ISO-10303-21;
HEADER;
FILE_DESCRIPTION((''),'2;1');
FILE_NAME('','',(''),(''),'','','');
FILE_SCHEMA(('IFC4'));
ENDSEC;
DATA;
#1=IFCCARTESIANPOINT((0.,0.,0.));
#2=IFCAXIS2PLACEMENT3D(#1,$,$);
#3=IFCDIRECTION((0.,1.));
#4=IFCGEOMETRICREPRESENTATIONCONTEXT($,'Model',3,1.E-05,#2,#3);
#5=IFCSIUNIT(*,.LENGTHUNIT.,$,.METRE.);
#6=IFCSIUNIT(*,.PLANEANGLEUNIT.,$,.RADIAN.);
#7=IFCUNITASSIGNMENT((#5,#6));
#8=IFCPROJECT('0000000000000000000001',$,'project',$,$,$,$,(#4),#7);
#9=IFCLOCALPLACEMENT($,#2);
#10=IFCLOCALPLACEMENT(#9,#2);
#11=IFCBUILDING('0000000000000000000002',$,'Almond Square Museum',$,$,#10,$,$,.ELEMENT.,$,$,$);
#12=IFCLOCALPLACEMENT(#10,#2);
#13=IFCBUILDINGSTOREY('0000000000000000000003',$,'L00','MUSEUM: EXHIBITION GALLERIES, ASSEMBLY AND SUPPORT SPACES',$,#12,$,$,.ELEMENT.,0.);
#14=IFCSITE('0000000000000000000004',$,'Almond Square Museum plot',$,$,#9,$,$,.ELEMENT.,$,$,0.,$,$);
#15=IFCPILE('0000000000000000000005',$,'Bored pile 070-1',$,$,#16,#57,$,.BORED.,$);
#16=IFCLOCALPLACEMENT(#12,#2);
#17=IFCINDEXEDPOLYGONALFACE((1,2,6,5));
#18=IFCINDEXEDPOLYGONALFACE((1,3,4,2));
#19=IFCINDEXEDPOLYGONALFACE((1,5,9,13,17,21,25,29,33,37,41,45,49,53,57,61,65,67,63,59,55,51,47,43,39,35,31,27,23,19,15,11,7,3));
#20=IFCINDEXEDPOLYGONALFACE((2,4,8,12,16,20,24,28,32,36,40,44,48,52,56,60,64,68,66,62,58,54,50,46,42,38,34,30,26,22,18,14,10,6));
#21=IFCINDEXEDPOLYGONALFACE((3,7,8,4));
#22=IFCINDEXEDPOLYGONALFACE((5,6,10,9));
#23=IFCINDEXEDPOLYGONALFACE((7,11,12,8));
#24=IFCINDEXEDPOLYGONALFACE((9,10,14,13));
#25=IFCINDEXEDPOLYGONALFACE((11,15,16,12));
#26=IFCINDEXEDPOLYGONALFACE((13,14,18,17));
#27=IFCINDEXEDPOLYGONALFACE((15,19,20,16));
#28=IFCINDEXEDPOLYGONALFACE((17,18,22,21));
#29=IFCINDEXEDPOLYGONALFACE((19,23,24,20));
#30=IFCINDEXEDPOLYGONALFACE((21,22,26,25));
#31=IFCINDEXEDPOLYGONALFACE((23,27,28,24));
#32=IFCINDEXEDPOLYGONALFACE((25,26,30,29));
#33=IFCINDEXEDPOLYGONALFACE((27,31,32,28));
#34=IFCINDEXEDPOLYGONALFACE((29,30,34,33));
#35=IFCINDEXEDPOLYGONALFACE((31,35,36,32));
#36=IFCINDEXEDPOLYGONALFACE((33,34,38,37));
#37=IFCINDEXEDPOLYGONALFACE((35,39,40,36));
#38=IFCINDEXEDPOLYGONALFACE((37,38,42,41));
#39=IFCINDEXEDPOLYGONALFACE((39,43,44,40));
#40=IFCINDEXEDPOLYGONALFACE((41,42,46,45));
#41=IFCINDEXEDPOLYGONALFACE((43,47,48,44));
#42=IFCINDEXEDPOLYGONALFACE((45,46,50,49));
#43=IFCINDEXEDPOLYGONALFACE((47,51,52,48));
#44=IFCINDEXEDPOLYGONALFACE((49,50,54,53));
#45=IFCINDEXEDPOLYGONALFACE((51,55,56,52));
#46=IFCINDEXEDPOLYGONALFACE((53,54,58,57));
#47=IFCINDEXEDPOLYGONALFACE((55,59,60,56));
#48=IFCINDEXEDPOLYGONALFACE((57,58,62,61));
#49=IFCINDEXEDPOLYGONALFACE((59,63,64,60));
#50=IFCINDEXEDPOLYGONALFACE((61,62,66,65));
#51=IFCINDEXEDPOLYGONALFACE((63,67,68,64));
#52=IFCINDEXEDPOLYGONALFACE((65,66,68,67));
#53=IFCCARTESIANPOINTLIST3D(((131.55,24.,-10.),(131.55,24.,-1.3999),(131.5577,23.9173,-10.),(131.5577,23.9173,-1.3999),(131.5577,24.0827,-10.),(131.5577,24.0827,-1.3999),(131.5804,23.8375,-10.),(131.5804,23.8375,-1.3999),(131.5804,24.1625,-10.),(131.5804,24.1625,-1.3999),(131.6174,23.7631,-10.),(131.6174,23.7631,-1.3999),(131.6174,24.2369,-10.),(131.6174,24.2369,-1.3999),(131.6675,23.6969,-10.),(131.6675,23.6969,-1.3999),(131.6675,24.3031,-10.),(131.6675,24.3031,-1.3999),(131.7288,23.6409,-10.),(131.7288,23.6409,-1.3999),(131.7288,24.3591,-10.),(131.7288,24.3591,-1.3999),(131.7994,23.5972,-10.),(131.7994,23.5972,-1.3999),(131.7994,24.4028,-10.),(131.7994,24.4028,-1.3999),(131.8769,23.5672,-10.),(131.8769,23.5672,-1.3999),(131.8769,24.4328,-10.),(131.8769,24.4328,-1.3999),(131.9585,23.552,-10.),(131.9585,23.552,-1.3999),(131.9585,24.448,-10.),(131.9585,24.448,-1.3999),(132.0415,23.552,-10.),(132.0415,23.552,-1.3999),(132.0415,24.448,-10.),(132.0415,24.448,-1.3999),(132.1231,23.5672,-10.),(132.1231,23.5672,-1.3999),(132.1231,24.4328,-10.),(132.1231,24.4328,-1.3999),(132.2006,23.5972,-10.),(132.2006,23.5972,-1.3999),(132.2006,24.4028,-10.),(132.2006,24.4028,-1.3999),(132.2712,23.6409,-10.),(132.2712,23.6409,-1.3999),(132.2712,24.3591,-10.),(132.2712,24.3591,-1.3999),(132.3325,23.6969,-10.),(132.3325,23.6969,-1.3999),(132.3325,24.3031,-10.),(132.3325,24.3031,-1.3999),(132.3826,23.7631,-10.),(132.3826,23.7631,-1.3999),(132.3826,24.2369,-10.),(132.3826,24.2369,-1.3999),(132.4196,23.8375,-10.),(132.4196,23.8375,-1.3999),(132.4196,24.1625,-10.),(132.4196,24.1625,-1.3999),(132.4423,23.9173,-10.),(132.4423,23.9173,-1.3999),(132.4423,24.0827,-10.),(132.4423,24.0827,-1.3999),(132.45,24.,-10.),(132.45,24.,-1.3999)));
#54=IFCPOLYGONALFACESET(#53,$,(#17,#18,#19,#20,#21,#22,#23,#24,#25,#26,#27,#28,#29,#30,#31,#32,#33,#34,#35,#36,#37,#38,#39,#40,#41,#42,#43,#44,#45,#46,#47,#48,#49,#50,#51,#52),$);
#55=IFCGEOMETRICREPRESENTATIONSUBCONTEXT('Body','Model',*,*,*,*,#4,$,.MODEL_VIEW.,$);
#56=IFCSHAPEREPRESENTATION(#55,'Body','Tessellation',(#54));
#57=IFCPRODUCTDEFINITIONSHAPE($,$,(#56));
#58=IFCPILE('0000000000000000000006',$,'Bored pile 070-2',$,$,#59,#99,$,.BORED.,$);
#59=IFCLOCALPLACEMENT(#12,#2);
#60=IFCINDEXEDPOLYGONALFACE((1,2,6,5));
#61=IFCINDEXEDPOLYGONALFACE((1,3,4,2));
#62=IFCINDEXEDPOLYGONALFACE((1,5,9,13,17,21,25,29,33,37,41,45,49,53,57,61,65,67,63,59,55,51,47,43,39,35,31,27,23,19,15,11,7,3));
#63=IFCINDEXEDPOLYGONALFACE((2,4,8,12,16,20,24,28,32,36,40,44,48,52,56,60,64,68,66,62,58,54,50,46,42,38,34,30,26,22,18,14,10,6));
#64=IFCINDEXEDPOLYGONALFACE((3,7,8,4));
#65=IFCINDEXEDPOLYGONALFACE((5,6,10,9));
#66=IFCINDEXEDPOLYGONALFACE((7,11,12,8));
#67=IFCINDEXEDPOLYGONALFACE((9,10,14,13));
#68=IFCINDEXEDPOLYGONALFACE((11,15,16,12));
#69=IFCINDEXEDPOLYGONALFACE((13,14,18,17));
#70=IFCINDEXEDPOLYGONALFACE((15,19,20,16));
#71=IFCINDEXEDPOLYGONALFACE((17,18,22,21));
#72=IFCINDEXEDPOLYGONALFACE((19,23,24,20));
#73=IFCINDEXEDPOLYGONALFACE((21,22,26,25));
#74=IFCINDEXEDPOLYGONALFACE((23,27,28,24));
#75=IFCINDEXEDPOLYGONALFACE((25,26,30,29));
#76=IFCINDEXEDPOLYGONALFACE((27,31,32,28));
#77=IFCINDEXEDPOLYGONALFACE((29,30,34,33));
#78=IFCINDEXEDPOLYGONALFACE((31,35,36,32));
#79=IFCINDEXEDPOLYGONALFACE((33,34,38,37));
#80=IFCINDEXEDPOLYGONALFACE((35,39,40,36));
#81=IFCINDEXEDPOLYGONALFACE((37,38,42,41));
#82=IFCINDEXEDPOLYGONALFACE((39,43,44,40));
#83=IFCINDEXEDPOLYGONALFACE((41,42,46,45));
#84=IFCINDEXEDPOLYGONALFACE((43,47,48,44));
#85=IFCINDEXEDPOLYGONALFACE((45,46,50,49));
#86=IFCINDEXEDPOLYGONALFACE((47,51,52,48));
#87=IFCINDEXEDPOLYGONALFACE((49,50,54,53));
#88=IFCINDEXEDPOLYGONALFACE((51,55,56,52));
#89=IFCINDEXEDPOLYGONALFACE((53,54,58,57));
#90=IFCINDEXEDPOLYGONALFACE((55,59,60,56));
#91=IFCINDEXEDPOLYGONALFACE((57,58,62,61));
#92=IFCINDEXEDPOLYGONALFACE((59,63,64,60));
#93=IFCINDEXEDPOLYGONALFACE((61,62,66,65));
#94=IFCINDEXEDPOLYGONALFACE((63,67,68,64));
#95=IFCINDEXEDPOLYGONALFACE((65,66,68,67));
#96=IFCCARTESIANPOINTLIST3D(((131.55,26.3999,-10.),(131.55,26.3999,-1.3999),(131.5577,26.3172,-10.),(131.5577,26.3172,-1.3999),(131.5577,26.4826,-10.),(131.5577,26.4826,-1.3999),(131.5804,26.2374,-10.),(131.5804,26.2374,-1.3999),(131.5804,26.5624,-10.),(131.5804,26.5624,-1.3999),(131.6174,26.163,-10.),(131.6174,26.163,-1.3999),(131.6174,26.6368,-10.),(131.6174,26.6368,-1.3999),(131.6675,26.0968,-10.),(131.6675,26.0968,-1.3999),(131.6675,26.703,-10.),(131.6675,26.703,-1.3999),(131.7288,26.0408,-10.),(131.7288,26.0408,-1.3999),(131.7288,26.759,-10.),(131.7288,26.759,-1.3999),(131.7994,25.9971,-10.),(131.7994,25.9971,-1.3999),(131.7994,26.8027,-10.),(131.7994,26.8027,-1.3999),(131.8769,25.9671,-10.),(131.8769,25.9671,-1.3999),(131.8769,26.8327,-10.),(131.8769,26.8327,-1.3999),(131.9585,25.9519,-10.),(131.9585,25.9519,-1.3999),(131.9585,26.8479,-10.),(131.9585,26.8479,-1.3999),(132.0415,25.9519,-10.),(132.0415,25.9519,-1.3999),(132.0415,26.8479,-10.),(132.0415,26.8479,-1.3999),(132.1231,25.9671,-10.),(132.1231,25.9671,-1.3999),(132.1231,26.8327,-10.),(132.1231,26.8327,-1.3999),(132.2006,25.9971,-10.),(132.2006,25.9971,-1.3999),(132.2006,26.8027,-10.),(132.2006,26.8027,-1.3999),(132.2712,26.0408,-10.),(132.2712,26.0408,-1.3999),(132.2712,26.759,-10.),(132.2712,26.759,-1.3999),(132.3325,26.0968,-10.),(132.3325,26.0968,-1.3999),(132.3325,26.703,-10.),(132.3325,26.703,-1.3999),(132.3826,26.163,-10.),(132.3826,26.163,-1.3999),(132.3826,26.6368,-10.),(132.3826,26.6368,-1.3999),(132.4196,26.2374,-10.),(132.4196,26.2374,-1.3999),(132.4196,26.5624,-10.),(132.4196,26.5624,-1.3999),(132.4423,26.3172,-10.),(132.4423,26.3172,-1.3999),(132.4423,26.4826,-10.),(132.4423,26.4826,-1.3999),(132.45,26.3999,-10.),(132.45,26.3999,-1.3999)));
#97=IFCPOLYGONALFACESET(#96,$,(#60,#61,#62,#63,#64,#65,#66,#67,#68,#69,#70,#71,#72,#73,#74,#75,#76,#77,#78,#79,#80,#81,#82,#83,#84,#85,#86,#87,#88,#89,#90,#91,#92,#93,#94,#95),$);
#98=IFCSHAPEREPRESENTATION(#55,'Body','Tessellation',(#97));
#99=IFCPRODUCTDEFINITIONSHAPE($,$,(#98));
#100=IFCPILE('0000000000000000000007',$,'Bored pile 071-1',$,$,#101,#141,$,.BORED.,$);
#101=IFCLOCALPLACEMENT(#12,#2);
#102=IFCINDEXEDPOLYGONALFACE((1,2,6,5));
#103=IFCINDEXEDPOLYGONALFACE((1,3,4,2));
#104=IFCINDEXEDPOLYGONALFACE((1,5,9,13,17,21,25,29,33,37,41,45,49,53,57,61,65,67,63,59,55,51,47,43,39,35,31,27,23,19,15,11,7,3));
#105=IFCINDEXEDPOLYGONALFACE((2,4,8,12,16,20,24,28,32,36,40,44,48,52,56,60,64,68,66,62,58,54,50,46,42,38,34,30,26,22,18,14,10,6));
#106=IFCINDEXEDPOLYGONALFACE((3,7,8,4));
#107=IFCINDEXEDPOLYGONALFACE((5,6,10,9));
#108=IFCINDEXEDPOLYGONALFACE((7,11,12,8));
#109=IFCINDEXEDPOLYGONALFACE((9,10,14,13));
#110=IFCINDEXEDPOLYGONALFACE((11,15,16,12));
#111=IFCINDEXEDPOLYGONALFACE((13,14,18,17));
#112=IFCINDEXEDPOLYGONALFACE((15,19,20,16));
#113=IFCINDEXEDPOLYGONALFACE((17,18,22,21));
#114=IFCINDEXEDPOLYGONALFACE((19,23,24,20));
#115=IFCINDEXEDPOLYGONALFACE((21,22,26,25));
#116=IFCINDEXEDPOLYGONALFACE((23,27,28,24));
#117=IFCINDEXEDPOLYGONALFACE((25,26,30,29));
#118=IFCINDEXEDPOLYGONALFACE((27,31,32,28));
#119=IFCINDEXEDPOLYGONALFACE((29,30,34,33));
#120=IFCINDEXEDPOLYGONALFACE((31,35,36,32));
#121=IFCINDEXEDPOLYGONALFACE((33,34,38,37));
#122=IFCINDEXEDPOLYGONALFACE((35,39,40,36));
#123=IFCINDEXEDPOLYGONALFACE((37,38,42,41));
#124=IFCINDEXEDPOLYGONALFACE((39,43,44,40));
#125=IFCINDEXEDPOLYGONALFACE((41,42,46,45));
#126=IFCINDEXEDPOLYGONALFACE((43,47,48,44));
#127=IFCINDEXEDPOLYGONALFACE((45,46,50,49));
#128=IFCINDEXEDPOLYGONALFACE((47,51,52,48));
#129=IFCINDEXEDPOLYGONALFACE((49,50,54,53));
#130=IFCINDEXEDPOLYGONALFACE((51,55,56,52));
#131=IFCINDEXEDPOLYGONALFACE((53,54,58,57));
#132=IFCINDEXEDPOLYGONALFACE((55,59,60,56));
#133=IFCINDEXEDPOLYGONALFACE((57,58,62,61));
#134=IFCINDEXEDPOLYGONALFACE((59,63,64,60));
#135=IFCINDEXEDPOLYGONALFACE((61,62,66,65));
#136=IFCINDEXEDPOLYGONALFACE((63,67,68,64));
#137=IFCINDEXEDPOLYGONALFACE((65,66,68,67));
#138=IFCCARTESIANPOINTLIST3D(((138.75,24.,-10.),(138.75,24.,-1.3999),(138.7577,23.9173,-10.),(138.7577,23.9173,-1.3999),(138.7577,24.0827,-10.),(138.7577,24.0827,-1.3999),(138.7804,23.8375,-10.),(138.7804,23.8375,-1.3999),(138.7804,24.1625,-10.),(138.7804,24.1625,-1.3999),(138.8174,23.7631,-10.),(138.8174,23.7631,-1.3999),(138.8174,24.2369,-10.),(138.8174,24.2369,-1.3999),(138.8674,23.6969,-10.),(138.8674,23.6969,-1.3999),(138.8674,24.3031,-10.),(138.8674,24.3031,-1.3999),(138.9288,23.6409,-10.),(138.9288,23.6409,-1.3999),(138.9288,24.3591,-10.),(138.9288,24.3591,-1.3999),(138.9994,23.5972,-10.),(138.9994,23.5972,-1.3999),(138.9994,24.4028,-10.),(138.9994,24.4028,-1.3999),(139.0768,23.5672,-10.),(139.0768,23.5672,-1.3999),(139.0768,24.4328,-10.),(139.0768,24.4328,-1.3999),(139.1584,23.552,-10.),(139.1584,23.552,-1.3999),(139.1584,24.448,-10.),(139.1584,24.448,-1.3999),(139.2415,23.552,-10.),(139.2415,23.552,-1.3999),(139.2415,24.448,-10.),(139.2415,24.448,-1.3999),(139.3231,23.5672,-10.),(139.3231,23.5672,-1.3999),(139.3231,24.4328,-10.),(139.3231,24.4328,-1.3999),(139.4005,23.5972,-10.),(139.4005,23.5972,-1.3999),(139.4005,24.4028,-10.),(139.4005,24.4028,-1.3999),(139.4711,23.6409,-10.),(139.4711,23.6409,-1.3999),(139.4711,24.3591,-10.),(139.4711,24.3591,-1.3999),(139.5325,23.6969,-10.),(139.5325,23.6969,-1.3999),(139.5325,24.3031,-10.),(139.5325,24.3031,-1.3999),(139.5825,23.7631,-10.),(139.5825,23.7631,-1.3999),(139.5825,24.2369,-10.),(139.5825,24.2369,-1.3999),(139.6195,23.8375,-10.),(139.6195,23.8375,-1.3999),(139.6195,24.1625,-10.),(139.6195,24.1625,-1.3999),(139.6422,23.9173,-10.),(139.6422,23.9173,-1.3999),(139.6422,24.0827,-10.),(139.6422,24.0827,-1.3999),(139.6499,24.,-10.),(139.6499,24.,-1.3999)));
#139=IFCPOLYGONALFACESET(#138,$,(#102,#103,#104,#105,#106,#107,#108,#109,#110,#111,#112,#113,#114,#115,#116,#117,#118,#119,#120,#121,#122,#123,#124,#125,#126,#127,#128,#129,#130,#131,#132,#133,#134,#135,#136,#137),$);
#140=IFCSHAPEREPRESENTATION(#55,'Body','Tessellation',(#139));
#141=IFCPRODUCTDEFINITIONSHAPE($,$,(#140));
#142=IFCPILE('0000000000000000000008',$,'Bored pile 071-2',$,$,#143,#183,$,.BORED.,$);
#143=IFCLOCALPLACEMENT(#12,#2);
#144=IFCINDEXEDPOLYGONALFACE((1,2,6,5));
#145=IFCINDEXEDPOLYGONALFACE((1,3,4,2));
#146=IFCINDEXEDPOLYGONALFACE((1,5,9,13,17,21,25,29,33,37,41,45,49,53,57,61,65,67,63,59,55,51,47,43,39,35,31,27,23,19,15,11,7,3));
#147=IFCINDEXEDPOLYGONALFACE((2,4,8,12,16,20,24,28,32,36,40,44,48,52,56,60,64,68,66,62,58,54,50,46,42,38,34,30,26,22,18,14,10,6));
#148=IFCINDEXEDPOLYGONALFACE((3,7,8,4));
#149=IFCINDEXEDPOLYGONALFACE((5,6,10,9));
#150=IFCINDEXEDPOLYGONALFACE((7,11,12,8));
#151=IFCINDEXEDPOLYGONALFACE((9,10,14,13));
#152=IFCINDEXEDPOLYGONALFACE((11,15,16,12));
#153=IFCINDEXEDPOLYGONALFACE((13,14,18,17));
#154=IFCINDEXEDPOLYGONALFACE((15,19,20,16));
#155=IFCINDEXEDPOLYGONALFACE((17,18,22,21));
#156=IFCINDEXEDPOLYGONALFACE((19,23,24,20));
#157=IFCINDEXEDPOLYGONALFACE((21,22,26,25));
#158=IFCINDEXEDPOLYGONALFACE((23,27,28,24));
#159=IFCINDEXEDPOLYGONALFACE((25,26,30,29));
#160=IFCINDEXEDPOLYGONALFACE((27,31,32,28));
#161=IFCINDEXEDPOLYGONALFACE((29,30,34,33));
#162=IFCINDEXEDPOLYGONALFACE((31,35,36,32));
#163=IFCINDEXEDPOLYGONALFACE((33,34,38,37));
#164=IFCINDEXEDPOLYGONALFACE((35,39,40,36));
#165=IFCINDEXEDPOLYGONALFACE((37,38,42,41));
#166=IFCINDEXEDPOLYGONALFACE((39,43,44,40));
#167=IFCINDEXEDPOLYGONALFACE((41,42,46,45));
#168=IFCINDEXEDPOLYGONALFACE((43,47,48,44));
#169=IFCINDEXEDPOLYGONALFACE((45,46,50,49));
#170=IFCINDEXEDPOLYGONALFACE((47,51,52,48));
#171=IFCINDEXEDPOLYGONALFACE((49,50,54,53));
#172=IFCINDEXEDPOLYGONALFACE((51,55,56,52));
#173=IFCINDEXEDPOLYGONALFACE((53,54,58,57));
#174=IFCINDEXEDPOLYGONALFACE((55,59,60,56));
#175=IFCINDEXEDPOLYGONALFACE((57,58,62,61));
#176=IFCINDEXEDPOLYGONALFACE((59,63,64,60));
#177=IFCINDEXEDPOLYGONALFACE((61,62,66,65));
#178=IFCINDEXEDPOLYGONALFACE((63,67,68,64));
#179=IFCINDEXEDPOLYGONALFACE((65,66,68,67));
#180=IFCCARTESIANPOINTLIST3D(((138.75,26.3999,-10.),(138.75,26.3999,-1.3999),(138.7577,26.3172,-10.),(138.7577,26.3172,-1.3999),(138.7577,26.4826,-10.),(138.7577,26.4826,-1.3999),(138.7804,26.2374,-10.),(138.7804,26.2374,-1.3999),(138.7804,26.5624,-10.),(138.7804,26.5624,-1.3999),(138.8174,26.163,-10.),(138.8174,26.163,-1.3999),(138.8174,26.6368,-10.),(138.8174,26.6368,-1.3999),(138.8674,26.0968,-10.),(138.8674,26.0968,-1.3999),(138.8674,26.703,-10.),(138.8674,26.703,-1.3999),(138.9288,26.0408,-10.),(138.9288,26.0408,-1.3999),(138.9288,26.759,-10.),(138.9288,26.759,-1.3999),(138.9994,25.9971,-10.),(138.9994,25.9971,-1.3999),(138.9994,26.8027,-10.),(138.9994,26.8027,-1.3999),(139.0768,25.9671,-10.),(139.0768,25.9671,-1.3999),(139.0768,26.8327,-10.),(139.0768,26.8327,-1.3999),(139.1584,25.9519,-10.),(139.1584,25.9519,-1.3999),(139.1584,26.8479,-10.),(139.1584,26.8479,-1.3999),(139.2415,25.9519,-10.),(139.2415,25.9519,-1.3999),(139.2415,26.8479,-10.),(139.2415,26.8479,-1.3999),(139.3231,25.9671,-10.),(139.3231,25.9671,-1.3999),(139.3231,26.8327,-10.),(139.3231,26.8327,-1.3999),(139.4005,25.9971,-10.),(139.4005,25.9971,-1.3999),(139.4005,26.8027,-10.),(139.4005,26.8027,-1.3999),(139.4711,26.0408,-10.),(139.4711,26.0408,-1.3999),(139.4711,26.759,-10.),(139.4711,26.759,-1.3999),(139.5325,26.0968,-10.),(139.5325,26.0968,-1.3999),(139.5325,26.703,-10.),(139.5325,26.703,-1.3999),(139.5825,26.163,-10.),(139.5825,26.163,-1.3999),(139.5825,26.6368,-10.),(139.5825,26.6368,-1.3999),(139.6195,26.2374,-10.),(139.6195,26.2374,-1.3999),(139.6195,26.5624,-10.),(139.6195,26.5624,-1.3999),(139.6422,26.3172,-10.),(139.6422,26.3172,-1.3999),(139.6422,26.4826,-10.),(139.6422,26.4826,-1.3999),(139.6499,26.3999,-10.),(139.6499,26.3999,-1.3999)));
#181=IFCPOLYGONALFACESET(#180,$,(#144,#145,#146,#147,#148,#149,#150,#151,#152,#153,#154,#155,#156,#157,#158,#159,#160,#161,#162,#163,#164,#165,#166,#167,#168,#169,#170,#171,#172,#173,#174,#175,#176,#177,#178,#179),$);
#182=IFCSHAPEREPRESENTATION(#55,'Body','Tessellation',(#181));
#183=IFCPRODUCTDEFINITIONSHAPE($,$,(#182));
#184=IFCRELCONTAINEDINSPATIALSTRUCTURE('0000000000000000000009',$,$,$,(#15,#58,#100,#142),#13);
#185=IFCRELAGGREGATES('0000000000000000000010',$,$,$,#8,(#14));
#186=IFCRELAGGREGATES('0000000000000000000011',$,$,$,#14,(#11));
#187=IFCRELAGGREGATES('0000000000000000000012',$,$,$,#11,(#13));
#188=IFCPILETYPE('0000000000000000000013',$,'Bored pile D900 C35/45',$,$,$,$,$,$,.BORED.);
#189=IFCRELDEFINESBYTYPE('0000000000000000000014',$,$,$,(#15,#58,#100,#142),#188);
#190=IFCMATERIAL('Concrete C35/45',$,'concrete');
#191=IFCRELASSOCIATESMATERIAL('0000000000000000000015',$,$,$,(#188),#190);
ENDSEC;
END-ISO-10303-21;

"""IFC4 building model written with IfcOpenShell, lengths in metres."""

from ifc_helpers import new_model, si_unit, direction, frame, origin, origin_2d, place, context, subcontext, project, spatial, circle, extrude, material, material_profile, profile_set, type_object, element, save


model = new_model("IFC4")

# Units and contexts
model_context = context("Model", 3, precision=1e-05, world=origin(), true_north=direction((0.0, 1.0)))
body_context = subcontext(model_context, "Body", "Model", "MODEL_VIEW")
ifc_project = project(units=[si_unit("LENGTHUNIT", "METRE"), si_unit("PLANEANGLEUNIT", "RADIAN")], contexts=[model_context])

# Site, building, storey
site_placement = place(None, origin())
site = spatial("IfcSite", under=ifc_project, at=site_placement, Name="Almond Square Museum plot", CompositionType="ELEMENT", RefElevation=0.0)
building_placement = place(site_placement, origin())
building = spatial("IfcBuilding", under=site, at=building_placement, Name="Almond Square Museum", CompositionType="ELEMENT")
storey_placement = place(building_placement, origin())
storey = spatial("IfcBuildingStorey", under=building, at=storey_placement, Name="L00", Description="MUSEUM: EXHIBITION GALLERIES, ASSEMBLY AND SUPPORT SPACES", CompositionType="ELEMENT", Elevation=0.0)

# Piles
ifc_material_1 = material(Name="Concrete C35/45", Category="concrete")
ifc_material_profile_1 = material_profile(ifc_material_1, circle(Radius=0.45, at=origin_2d()))
ifc_profile_set_1 = profile_set([ifc_material_profile_1], Name="Concrete C35/45")
pile_type = type_object("IfcPileType", Name="Bored pile D900 C35/45", PredefinedType="BORED", material=ifc_profile_set_1)
for number, where, z_axis, x_axis, name in (
    (1, (132.0, 24.0, -1.3999), (0.0, 0.0, -1.0), (1.0, 0.0, 0.0), "Bored pile 070-1"),
    (2, (132.0, 26.3999, -1.3999), (0.0, 0.0, -1.0), (1.0, 0.0, 0.0), "Bored pile 070-2"),
    (3, (139.2, 24.0, -1.3999), (0.0, 0.0, -1.0), (1.0, 0.0, 0.0), "Bored pile 071-1"),
    (4, (139.2, 26.3999, -1.3999), (0.0, 0.0, -1.0), (1.0, 0.0, 0.0), "Bored pile 071-2"),
):
    element("IfcPile", number, at=place(storey_placement, frame(where, z_axis=z_axis, x_axis=x_axis)), inside=storey, type_object=pile_type, Name=name, PredefinedType="BORED", context=body_context, shape_type="SweptSolid", body=[
        extrude(circle(Radius=0.45, at=origin_2d()), origin(), (0.0, 0.0, 1.0), 8.6001),
    ])

save(model, "model.ifc")
